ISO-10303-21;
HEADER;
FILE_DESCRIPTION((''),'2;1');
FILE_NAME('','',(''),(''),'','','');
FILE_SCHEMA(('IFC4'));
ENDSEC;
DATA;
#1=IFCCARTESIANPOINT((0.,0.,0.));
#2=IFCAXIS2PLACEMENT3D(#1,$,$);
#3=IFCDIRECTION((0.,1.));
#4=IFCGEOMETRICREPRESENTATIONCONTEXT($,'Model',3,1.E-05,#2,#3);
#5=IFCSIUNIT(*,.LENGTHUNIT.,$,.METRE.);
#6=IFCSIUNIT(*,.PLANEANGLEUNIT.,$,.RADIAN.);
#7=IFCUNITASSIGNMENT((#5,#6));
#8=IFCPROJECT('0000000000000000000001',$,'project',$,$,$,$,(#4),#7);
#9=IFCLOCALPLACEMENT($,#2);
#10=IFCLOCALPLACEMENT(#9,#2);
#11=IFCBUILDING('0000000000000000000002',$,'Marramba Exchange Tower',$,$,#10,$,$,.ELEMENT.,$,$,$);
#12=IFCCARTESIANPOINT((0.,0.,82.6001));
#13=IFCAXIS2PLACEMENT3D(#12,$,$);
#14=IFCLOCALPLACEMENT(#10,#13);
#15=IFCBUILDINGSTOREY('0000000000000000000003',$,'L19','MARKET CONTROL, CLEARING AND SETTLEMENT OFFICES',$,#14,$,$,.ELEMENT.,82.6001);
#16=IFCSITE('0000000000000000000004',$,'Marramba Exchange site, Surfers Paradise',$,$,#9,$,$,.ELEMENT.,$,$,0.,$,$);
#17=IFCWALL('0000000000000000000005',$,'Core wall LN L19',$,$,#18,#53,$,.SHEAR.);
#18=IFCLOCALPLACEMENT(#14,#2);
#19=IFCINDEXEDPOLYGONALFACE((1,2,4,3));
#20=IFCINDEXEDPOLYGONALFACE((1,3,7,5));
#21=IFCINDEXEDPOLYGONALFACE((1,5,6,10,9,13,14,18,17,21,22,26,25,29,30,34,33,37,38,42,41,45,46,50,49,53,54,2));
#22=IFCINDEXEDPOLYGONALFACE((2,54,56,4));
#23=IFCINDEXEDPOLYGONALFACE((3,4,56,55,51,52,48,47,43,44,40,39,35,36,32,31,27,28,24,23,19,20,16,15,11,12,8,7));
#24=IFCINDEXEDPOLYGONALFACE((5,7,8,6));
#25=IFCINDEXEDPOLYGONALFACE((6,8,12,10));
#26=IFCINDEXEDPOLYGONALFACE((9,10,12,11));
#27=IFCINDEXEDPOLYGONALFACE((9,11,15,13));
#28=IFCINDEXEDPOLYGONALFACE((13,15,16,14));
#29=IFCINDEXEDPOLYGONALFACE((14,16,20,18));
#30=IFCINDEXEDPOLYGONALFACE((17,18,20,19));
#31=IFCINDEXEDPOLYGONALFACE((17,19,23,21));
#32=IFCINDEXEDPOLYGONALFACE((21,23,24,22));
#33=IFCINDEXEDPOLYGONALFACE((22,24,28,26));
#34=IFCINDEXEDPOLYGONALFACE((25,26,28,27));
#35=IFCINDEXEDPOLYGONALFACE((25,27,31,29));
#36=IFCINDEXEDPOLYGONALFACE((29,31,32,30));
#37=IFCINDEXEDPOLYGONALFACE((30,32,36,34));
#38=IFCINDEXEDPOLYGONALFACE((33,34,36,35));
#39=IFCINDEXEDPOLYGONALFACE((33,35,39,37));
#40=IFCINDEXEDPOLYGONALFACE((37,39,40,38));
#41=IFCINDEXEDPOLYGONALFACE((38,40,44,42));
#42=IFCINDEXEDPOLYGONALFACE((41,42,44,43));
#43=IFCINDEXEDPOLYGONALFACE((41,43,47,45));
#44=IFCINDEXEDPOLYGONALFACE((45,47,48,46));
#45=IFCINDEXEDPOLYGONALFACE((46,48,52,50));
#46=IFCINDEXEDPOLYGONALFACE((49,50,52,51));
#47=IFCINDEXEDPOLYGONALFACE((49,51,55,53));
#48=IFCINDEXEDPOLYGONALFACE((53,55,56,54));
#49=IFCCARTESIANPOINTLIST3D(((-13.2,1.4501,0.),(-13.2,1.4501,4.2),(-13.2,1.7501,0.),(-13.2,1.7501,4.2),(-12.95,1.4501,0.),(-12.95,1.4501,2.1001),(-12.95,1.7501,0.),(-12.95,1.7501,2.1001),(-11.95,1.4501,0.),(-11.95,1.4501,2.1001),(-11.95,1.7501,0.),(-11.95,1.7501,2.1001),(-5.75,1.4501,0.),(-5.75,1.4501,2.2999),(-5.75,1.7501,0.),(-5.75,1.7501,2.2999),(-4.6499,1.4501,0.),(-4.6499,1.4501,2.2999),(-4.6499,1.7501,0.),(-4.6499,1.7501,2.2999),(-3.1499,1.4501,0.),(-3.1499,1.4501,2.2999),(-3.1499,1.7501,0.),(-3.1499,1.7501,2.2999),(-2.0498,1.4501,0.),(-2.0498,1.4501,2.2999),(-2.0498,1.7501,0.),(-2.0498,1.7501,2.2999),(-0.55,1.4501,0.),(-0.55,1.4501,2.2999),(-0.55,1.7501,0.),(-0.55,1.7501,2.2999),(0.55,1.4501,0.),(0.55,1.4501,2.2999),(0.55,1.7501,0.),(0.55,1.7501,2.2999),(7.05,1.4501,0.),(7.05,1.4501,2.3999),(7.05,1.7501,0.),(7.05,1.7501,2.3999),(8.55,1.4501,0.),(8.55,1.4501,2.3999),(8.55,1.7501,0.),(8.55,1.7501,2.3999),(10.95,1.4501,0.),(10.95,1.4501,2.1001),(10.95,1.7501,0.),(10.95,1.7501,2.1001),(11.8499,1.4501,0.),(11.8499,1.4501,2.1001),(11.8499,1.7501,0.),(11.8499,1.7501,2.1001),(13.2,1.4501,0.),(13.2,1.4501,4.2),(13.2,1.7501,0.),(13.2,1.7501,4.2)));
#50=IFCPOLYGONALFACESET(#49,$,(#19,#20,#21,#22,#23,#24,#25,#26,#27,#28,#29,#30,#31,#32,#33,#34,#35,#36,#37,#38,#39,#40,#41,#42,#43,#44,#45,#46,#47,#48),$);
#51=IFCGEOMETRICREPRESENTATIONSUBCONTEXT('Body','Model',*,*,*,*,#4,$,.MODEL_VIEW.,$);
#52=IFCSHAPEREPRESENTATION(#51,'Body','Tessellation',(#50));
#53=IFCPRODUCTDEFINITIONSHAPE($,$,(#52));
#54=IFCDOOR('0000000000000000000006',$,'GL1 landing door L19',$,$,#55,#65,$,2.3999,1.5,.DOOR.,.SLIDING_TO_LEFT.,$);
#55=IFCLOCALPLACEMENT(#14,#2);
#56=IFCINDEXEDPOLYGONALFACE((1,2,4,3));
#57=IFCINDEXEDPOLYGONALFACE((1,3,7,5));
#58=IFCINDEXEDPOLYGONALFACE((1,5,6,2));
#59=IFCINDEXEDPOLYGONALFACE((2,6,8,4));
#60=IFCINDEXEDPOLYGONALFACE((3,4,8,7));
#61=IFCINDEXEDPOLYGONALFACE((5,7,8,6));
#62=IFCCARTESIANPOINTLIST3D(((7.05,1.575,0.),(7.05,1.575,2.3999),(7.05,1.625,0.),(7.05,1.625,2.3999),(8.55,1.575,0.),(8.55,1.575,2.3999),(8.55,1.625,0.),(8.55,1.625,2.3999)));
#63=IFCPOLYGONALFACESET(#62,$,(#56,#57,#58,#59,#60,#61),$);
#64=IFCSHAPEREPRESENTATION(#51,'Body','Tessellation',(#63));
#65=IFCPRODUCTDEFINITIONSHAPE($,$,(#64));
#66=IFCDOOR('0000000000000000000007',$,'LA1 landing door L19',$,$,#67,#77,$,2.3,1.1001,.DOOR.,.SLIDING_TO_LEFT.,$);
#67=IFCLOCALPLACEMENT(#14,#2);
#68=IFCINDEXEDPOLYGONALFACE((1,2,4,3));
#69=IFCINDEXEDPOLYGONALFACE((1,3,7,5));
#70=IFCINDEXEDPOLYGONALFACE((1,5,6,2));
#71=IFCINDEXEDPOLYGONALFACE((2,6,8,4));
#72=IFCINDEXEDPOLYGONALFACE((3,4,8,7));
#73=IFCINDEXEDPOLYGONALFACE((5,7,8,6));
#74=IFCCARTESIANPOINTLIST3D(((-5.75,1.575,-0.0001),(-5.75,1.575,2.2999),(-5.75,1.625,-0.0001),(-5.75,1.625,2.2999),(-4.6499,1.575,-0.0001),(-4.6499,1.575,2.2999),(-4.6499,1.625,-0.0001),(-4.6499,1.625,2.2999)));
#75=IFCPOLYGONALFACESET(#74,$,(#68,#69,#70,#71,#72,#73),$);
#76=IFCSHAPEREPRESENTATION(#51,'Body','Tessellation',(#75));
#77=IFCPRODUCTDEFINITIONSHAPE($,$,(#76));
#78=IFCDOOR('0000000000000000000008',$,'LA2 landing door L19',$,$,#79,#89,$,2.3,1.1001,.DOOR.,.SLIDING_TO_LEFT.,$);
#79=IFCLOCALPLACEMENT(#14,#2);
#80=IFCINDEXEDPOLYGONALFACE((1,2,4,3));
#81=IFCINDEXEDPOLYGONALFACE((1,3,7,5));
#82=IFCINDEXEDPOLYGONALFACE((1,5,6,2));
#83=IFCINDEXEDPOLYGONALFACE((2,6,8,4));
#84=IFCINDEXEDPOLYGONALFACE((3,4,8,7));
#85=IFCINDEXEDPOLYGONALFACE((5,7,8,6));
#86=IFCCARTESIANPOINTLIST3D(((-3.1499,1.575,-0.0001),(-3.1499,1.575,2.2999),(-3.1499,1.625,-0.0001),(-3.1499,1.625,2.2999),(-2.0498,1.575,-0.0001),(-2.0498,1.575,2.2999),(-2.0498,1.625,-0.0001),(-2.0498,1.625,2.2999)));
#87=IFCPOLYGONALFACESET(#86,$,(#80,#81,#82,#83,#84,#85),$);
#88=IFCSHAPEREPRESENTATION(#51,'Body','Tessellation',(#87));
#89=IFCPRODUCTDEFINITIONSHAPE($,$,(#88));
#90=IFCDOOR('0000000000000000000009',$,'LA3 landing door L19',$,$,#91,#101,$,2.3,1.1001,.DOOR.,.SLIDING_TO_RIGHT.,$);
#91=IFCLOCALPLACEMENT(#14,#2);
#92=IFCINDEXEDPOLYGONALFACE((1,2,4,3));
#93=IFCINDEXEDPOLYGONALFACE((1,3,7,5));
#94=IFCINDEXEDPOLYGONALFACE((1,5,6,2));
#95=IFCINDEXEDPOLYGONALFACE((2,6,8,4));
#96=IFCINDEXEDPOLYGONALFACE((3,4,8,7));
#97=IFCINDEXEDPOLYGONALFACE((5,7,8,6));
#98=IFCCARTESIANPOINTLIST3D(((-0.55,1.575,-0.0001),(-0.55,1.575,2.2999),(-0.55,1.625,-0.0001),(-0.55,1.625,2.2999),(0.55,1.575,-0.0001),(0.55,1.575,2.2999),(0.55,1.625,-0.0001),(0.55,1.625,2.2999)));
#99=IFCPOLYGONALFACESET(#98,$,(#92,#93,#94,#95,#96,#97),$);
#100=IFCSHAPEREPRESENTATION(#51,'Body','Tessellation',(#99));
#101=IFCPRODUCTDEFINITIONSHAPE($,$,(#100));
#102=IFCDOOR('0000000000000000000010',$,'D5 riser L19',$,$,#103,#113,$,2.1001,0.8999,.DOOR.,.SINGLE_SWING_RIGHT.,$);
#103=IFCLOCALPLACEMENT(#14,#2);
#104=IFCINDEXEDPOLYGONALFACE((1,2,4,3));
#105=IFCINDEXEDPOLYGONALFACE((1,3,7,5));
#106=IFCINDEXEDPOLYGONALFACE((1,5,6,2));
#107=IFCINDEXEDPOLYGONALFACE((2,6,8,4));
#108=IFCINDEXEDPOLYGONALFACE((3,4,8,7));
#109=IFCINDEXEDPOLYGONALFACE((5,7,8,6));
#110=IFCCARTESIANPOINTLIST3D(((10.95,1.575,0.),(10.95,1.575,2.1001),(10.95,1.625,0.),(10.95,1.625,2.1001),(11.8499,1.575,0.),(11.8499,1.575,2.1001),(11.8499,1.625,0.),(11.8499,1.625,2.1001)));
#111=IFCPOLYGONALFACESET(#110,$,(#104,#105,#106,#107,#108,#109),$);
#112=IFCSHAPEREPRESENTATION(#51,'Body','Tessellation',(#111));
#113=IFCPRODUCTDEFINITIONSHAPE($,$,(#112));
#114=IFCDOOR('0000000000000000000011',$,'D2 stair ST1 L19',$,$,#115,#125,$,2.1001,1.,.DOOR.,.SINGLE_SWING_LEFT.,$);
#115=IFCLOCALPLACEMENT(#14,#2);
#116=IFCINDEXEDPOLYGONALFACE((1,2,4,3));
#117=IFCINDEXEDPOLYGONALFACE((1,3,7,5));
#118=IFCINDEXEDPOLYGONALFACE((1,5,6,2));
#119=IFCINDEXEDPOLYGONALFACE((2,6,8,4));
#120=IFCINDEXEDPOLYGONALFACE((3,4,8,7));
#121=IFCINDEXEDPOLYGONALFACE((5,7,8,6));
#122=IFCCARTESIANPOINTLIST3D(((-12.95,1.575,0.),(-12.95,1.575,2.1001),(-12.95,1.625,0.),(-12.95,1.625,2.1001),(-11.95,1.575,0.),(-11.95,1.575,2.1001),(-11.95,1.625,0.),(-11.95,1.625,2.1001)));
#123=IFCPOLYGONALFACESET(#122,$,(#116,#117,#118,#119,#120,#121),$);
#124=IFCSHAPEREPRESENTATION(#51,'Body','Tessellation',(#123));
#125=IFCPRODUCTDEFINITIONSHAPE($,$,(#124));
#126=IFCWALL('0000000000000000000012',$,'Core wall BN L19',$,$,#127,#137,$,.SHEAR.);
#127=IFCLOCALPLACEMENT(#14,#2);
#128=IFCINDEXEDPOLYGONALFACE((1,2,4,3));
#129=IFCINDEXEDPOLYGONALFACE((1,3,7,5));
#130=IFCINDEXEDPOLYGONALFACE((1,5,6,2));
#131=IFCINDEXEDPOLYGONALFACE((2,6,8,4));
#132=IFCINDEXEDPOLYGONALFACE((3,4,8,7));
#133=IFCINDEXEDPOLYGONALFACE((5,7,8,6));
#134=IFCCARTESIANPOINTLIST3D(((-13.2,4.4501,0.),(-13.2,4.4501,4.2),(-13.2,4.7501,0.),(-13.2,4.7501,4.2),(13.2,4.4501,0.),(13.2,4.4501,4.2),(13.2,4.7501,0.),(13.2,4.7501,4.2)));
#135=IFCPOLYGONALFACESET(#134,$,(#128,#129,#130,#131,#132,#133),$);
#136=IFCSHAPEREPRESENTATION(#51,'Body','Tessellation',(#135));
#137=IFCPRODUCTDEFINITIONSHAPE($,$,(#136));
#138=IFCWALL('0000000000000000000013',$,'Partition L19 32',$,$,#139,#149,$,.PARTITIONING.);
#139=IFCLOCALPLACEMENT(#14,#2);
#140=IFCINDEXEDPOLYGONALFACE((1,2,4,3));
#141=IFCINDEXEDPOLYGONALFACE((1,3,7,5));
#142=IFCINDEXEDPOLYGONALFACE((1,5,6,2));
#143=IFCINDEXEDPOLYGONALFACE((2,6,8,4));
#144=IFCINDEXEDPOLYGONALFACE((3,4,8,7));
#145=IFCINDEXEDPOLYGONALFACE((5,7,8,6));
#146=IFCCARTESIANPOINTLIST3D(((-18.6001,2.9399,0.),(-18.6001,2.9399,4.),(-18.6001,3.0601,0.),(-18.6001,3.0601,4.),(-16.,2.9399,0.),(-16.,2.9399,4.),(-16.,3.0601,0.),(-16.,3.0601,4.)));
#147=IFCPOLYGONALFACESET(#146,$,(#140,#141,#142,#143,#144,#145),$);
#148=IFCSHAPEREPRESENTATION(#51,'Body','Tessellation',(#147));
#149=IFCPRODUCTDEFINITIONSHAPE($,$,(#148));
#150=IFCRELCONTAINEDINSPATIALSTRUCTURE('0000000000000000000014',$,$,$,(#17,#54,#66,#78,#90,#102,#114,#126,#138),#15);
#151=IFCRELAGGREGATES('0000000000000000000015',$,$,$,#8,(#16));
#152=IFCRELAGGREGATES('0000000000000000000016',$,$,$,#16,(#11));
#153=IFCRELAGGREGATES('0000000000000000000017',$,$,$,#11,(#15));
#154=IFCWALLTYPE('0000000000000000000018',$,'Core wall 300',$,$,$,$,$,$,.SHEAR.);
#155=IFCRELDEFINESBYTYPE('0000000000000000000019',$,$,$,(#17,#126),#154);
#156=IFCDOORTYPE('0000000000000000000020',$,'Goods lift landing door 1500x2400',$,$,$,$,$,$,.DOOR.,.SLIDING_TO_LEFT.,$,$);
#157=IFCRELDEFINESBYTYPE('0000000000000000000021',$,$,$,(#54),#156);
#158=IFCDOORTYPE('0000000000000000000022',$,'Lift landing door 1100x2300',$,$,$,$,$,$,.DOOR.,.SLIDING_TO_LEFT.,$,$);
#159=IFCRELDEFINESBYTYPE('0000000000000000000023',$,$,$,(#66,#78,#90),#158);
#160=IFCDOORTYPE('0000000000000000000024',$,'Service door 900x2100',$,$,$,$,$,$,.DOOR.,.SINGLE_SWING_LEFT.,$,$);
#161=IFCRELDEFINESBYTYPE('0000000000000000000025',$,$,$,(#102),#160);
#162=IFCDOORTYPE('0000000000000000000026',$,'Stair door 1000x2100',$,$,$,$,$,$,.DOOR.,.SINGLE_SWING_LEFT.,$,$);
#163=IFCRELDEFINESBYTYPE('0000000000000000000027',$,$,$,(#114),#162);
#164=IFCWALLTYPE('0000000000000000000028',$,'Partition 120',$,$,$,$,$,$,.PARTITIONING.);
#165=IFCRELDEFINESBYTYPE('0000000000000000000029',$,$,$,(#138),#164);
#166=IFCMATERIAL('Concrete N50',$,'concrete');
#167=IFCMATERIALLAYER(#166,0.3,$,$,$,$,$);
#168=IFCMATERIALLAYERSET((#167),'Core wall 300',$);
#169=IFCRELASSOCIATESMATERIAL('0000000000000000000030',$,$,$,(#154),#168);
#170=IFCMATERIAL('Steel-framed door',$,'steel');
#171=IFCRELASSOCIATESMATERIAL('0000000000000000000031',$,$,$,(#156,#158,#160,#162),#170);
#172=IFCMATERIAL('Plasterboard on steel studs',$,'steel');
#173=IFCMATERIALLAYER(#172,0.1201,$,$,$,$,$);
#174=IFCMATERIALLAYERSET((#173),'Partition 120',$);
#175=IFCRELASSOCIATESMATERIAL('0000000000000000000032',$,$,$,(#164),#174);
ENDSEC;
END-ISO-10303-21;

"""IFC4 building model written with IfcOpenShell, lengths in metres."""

from ifc_helpers import new_model, si_unit, direction, frame, frame_2d, origin, place, context, subcontext, project, spatial, rectangle, extrude, material, layer, layer_set, type_object, element, fill, save


model = new_model("IFC4")

# Units and contexts
model_context = context("Model", 3, precision=1e-05, world=origin(), true_north=direction((0.0, 1.0)))
body_context = subcontext(model_context, "Body", "Model", "MODEL_VIEW")
ifc_project = project(units=[si_unit("LENGTHUNIT", "METRE"), si_unit("PLANEANGLEUNIT", "RADIAN")], contexts=[model_context])

# Site, building, storey
site_placement = place(None, origin())
site = spatial("IfcSite", under=ifc_project, at=site_placement, Name="Marramba Exchange site, Surfers Paradise", CompositionType="ELEMENT", RefElevation=0.0)
building_placement = place(site_placement, origin())
building = spatial("IfcBuilding", under=site, at=building_placement, Name="Marramba Exchange Tower", CompositionType="ELEMENT")
storey_placement = place(building_placement, frame((0.0, 0.0, 82.6001)))
storey = spatial("IfcBuildingStorey", under=building, at=storey_placement, Name="L19", Description="MARKET CONTROL, CLEARING AND SETTLEMENT OFFICES", CompositionType="ELEMENT", Elevation=82.6001)

# Shared definitions
ifc_material_1 = material(Name="Concrete N50", Category="concrete")

# Shared definitions
ifc_material_2 = material(Name="Steel-framed door", Category="steel")

# Wall, openings, doors
ifc_layer_1 = layer(ifc_material_1, 0.3)
ifc_layer_set_1 = layer_set([ifc_layer_1], Name="Core wall 300")
wall_type_1 = type_object("IfcWallType", Name="Core wall 300", PredefinedType="SHEAR", material=ifc_layer_set_1)
wall_1_placement = place(storey_placement, frame((-13.2, 1.6001, 0.0), z_axis=(0.0, 0.0, 1.0), x_axis=(1.0, 0.0, 0.0)))
wall_1 = element("IfcWall", 1, at=wall_1_placement, inside=storey, type_object=wall_type_1, Name="Core wall LN L19", PredefinedType="SHEAR", context=body_context, shape_type="SweptSolid", body=[
    extrude(rectangle(XDim=26.3999, YDim=0.3, at=frame_2d((13.2, 0.0))), origin(), (0.0, 0.0, 1.0), 4.2),
])
opening_1_placement = place(wall_1_placement, frame((0.25, 0.0, 0.0)))
opening_1 = element("IfcOpeningElement", 2, at=opening_1_placement, cuts=wall_1, PredefinedType="OPENING", context=body_context, shape_type="SweptSolid", body=[
    extrude(rectangle(XDim=1.0, YDim=2.1001, at=frame_2d((0.5, 1.05))), frame((0.0, 0.1599, 0.0), z_axis=(0.0, -1.0, 0.0), x_axis=(1.0, 0.0, 0.0)), (0.0, 0.0, 1.0), 0.3201),
])
opening_2_placement = place(wall_1_placement, frame((20.25, 0.0, 0.0)))
opening_2 = element("IfcOpeningElement", 3, at=opening_2_placement, cuts=wall_1, PredefinedType="OPENING", context=body_context, shape_type="SweptSolid", body=[
    extrude(rectangle(XDim=1.5, YDim=2.3999, at=frame_2d((0.75, 1.2))), frame((0.0, 0.1599, 0.0), z_axis=(0.0, -1.0, 0.0), x_axis=(1.0, 0.0, 0.0)), (0.0, 0.0, 1.0), 0.3201),
])
opening_3_placement = place(wall_1_placement, frame((7.45, 0.0, 0.0)))
opening_3 = element("IfcOpeningElement", 4, at=opening_3_placement, cuts=wall_1, PredefinedType="OPENING", context=body_context, shape_type="SweptSolid", body=[
    extrude(rectangle(XDim=1.1001, YDim=2.3, at=frame_2d((0.55, 1.1499))), frame((0.0, 0.1599, 0.0), z_axis=(0.0, -1.0, 0.0), x_axis=(1.0, 0.0, 0.0)), (0.0, 0.0, 1.0), 0.3201),
])
opening_4_placement = place(wall_1_placement, frame((10.05, 0.0, 0.0)))
opening_4 = element("IfcOpeningElement", 5, at=opening_4_placement, cuts=wall_1, PredefinedType="OPENING", context=body_context, shape_type="SweptSolid", body=[
    extrude(rectangle(XDim=1.1001, YDim=2.3, at=frame_2d((0.55, 1.1499))), frame((0.0, 0.1599, 0.0), z_axis=(0.0, -1.0, 0.0), x_axis=(1.0, 0.0, 0.0)), (0.0, 0.0, 1.0), 0.3201),
])
opening_5_placement = place(wall_1_placement, frame((12.6499, 0.0, 0.0)))
opening_5 = element("IfcOpeningElement", 6, at=opening_5_placement, cuts=wall_1, PredefinedType="OPENING", context=body_context, shape_type="SweptSolid", body=[
    extrude(rectangle(XDim=1.1001, YDim=2.3, at=frame_2d((0.55, 1.1499))), frame((0.0, 0.1599, 0.0), z_axis=(0.0, -1.0, 0.0), x_axis=(1.0, 0.0, 0.0)), (0.0, 0.0, 1.0), 0.3201),
])
opening_6_placement = place(wall_1_placement, frame((24.1499, 0.0, 0.0)))
opening_6 = element("IfcOpeningElement", 7, at=opening_6_placement, cuts=wall_1, PredefinedType="OPENING", context=body_context, shape_type="SweptSolid", body=[
    extrude(rectangle(XDim=0.8999, YDim=2.1001, at=frame_2d((0.45, 1.05))), frame((0.0, 0.1599, 0.0), z_axis=(0.0, -1.0, 0.0), x_axis=(1.0, 0.0, 0.0)), (0.0, 0.0, 1.0), 0.3201),
])
door_type_1 = type_object("IfcDoorType", Name="Goods lift landing door 1500x2400", OperationType="SLIDING_TO_LEFT", PredefinedType="DOOR", material=ifc_material_2)
door_1_placement = place(opening_2_placement, origin())
door_1 = element("IfcDoor", 8, at=door_1_placement, inside=storey, type_object=door_type_1, Name="GL1 landing door L19", OperationType="SLIDING_TO_LEFT", OverallHeight=2.3999, OverallWidth=1.5, PredefinedType="DOOR", context=body_context, shape_type="SweptSolid", body=[
    extrude(rectangle(XDim=1.5, YDim=2.3999, at=frame_2d((0.75, 1.2))), frame((0.0, 0.0249, 0.0), z_axis=(0.0, -1.0, 0.0), x_axis=(1.0, 0.0, 0.0)), (0.0, 0.0, 1.0), 0.05),
])
fill(opening_2, door_1)
door_type_2 = type_object("IfcDoorType", Name="Lift landing door 1100x2300", OperationType="SLIDING_TO_LEFT", PredefinedType="DOOR", material=ifc_material_2)
door_2_placement = place(opening_3_placement, origin())
door_2 = element("IfcDoor", 9, at=door_2_placement, inside=storey, type_object=door_type_2, Name="LA1 landing door L19", OperationType="SLIDING_TO_LEFT", OverallHeight=2.3, OverallWidth=1.1001, PredefinedType="DOOR", context=body_context, shape_type="SweptSolid", body=[
    extrude(rectangle(XDim=1.1001, YDim=2.3, at=frame_2d((0.55, 1.1499))), frame((0.0, 0.0249, 0.0), z_axis=(0.0, -1.0, 0.0), x_axis=(1.0, 0.0, 0.0)), (0.0, 0.0, 1.0), 0.05),
])
fill(opening_3, door_2)
door_3_placement = place(opening_4_placement, origin())
door_3 = element("IfcDoor", 10, at=door_3_placement, inside=storey, type_object=door_type_2, Name="LA2 landing door L19", OperationType="SLIDING_TO_LEFT", OverallHeight=2.3, OverallWidth=1.1001, PredefinedType="DOOR", context=body_context, shape_type="SweptSolid", body=[
    extrude(rectangle(XDim=1.1001, YDim=2.3, at=frame_2d((0.55, 1.1499))), frame((0.0, 0.0249, 0.0), z_axis=(0.0, -1.0, 0.0), x_axis=(1.0, 0.0, 0.0)), (0.0, 0.0, 1.0), 0.05),
])
fill(opening_4, door_3)
door_4_placement = place(opening_5_placement, origin())
door_4 = element("IfcDoor", 11, at=door_4_placement, inside=storey, type_object=door_type_2, Name="LA3 landing door L19", OperationType="SLIDING_TO_RIGHT", OverallHeight=2.3, OverallWidth=1.1001, PredefinedType="DOOR", context=body_context, shape_type="SweptSolid", body=[
    extrude(rectangle(XDim=1.1001, YDim=2.3, at=frame_2d((0.55, 1.1499))), frame((0.0, 0.0249, 0.0), z_axis=(0.0, -1.0, 0.0), x_axis=(1.0, 0.0, 0.0)), (0.0, 0.0, 1.0), 0.05),
])
fill(opening_5, door_4)
door_type_3 = type_object("IfcDoorType", Name="Service door 900x2100", OperationType="SINGLE_SWING_LEFT", PredefinedType="DOOR", material=ifc_material_2)
door_5_placement = place(opening_6_placement, origin())
door_5 = element("IfcDoor", 12, at=door_5_placement, inside=storey, type_object=door_type_3, Name="D5 riser L19", OperationType="SINGLE_SWING_RIGHT", OverallHeight=2.1001, OverallWidth=0.8999, PredefinedType="DOOR", context=body_context, shape_type="SweptSolid", body=[
    extrude(rectangle(XDim=0.8999, YDim=2.1001, at=frame_2d((0.45, 1.05))), frame((0.0, 0.0249, 0.0), z_axis=(0.0, -1.0, 0.0), x_axis=(1.0, 0.0, 0.0)), (0.0, 0.0, 1.0), 0.05),
])
fill(opening_6, door_5)
door_type_4 = type_object("IfcDoorType", Name="Stair door 1000x2100", OperationType="SINGLE_SWING_LEFT", PredefinedType="DOOR", material=ifc_material_2)
door_6_placement = place(opening_1_placement, origin())
door_6 = element("IfcDoor", 13, at=door_6_placement, inside=storey, type_object=door_type_4, Name="D2 stair ST1 L19", OperationType="SINGLE_SWING_LEFT", OverallHeight=2.1001, OverallWidth=1.0, PredefinedType="DOOR", context=body_context, shape_type="SweptSolid", body=[
    extrude(rectangle(XDim=1.0, YDim=2.1001, at=frame_2d((0.5, 1.05))), frame((0.0, 0.0249, 0.0), z_axis=(0.0, -1.0, 0.0), x_axis=(1.0, 0.0, 0.0)), (0.0, 0.0, 1.0), 0.05),
])
fill(opening_1, door_6)

# Walls
wall_2_placement = place(storey_placement, frame((-13.2, 4.6001, 0.0), z_axis=(0.0, 0.0, 1.0), x_axis=(1.0, 0.0, 0.0)))
element("IfcWall", 14, at=wall_2_placement, inside=storey, type_object=wall_type_1, Name="Core wall BN L19", PredefinedType="SHEAR", context=body_context, shape_type="SweptSolid", body=[
    extrude(rectangle(XDim=26.3999, YDim=0.3, at=frame_2d((13.2, 0.0))), origin(), (0.0, 0.0, 1.0), 4.2),
])
ifc_material_3 = material(Name="Plasterboard on steel studs", Category="steel")
ifc_layer_2 = layer(ifc_material_3, 0.1201)
ifc_layer_set_2 = layer_set([ifc_layer_2], Name="Partition 120")
wall_type_2 = type_object("IfcWallType", Name="Partition 120", PredefinedType="PARTITIONING", material=ifc_layer_set_2)
wall_3_placement = place(storey_placement, frame((-16.0, 3.0, 0.0), z_axis=(0.0, 0.0, 1.0), x_axis=(-1.0, 0.0, 0.0)))
element("IfcWall", 15, at=wall_3_placement, inside=storey, type_object=wall_type_2, Name="Partition L19 32", PredefinedType="PARTITIONING", context=body_context, shape_type="SweptSolid", body=[
    extrude(rectangle(XDim=2.6001, YDim=0.1201, at=frame_2d((1.3, 0.0))), origin(), (0.0, 0.0, 1.0), 4.0),
])

save(model, "model.ifc")
